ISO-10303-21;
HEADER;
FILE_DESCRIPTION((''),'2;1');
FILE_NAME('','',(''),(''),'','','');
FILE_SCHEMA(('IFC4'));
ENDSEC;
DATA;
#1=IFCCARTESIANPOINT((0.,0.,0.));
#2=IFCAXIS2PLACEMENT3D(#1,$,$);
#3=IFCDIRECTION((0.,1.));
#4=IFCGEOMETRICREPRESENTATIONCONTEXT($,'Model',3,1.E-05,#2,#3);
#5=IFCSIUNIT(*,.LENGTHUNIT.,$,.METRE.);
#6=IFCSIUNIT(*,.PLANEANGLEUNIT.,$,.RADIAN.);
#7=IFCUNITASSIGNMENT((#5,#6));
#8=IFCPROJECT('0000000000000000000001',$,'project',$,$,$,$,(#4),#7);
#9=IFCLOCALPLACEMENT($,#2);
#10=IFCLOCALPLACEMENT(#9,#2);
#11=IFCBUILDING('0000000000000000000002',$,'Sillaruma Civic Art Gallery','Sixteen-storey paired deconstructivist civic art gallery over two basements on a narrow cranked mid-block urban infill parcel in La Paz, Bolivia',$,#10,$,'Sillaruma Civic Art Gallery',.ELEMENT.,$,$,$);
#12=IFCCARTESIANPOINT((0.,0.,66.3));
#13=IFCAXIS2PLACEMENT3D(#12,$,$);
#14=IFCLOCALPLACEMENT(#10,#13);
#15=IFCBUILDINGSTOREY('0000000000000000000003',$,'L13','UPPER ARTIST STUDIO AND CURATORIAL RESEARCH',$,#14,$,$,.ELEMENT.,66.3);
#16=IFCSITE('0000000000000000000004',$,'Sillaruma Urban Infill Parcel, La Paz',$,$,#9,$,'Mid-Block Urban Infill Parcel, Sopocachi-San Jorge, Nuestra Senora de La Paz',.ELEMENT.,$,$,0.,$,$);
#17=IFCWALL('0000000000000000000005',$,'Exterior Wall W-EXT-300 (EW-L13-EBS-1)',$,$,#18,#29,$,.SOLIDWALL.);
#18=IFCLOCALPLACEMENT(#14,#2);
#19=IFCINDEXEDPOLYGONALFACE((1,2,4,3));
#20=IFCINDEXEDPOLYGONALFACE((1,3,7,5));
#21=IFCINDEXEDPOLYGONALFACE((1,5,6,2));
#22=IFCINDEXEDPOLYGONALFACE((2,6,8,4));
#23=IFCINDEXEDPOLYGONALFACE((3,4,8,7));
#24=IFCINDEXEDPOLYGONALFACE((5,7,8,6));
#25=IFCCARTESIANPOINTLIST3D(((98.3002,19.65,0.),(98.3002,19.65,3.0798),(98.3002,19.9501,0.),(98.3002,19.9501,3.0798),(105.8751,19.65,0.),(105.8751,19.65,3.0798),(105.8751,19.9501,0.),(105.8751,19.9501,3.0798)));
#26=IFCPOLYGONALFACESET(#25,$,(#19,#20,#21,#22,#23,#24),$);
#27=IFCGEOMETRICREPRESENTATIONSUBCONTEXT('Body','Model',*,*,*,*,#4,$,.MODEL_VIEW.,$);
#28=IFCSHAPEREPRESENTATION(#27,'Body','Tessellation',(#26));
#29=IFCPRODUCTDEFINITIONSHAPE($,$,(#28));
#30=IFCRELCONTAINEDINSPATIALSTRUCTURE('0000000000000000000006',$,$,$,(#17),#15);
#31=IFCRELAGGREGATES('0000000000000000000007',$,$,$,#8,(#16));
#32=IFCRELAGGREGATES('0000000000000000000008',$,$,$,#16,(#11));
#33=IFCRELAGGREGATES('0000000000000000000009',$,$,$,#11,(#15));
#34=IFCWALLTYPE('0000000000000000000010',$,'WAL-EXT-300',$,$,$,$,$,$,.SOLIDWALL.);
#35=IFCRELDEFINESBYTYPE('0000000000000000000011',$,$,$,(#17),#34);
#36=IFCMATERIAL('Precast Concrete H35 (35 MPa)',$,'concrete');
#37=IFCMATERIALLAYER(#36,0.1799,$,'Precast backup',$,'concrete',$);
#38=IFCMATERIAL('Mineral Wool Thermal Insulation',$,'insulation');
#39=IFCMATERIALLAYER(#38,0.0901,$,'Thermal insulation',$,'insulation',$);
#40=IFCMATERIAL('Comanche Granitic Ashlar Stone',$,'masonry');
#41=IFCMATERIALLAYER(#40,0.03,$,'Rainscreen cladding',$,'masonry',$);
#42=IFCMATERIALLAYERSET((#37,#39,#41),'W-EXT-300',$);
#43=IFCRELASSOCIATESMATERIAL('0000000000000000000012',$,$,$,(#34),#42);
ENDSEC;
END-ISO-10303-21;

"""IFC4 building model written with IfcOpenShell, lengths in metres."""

from ifc_helpers import new_model, si_unit, direction, frame, frame_2d, origin, place, context, subcontext, project, spatial, rectangle, extrude, material, layer, layer_set, type_object, element, save


model = new_model("IFC4")

# Units and contexts
model_context = context("Model", 3, precision=1e-05, world=origin(), true_north=direction((0.0, 1.0)))
body_context = subcontext(model_context, "Body", "Model", "MODEL_VIEW")
ifc_project = project(units=[si_unit("LENGTHUNIT", "METRE"), si_unit("PLANEANGLEUNIT", "RADIAN")], contexts=[model_context])

# Site, building, storey
site_placement = place(None, origin())
site = spatial("IfcSite", under=ifc_project, at=site_placement, Name="Sillaruma Urban Infill Parcel, La Paz", LongName="Mid-Block Urban Infill Parcel, Sopocachi-San Jorge, Nuestra Senora de La Paz", CompositionType="ELEMENT", RefElevation=0.0)
building_placement = place(site_placement, origin())
building = spatial("IfcBuilding", under=site, at=building_placement, Name="Sillaruma Civic Art Gallery", Description="Sixteen-storey paired deconstructivist civic art gallery over two basements on a narrow cranked mid-block urban infill parcel in La Paz, Bolivia", LongName="Sillaruma Civic Art Gallery", CompositionType="ELEMENT")
storey_placement = place(building_placement, frame((0.0, 0.0, 66.3)))
storey = spatial("IfcBuildingStorey", under=building, at=storey_placement, Name="L13", Description="UPPER ARTIST STUDIO AND CURATORIAL RESEARCH", CompositionType="ELEMENT", Elevation=66.3)

# Shared definitions
ifc_material_1 = material(Name="Mineral Wool Thermal Insulation", Category="insulation")

# Wall
ifc_material_2 = material(Name="Precast Concrete H35 (35 MPa)", Category="concrete")
ifc_layer_1 = layer(ifc_material_2, 0.1799, Name="Precast backup", Category="concrete")
ifc_layer_2 = layer(ifc_material_1, 0.0901, Name="Thermal insulation", Category="insulation")
ifc_material_3 = material(Name="Comanche Granitic Ashlar Stone", Category="masonry")
ifc_layer_3 = layer(ifc_material_3, 0.03, Name="Rainscreen cladding", Category="masonry")
ifc_layer_set_1 = layer_set([ifc_layer_1, ifc_layer_2, ifc_layer_3], Name="W-EXT-300")
wall_type_1 = type_object("IfcWallType", Name="WAL-EXT-300", PredefinedType="SOLIDWALL", material=ifc_layer_set_1)
wall_1_placement = place(storey_placement, frame((98.3, 19.8, 0.0), z_axis=(0.0, 0.0, 1.0), x_axis=(1.0, 0.0, 0.0)))
element("IfcWall", 1, at=wall_1_placement, inside=storey, type_object=wall_type_1, Name="Exterior Wall W-EXT-300 (EW-L13-EBS-1)", PredefinedType="SOLIDWALL", context=body_context, shape_type="SweptSolid", body=[
    extrude(rectangle(XDim=7.575, YDim=0.3, at=frame_2d((3.7876, 0.0))), origin(), (0.0, 0.0, 1.0), 3.0798),
])

save(model, "model.ifc")
